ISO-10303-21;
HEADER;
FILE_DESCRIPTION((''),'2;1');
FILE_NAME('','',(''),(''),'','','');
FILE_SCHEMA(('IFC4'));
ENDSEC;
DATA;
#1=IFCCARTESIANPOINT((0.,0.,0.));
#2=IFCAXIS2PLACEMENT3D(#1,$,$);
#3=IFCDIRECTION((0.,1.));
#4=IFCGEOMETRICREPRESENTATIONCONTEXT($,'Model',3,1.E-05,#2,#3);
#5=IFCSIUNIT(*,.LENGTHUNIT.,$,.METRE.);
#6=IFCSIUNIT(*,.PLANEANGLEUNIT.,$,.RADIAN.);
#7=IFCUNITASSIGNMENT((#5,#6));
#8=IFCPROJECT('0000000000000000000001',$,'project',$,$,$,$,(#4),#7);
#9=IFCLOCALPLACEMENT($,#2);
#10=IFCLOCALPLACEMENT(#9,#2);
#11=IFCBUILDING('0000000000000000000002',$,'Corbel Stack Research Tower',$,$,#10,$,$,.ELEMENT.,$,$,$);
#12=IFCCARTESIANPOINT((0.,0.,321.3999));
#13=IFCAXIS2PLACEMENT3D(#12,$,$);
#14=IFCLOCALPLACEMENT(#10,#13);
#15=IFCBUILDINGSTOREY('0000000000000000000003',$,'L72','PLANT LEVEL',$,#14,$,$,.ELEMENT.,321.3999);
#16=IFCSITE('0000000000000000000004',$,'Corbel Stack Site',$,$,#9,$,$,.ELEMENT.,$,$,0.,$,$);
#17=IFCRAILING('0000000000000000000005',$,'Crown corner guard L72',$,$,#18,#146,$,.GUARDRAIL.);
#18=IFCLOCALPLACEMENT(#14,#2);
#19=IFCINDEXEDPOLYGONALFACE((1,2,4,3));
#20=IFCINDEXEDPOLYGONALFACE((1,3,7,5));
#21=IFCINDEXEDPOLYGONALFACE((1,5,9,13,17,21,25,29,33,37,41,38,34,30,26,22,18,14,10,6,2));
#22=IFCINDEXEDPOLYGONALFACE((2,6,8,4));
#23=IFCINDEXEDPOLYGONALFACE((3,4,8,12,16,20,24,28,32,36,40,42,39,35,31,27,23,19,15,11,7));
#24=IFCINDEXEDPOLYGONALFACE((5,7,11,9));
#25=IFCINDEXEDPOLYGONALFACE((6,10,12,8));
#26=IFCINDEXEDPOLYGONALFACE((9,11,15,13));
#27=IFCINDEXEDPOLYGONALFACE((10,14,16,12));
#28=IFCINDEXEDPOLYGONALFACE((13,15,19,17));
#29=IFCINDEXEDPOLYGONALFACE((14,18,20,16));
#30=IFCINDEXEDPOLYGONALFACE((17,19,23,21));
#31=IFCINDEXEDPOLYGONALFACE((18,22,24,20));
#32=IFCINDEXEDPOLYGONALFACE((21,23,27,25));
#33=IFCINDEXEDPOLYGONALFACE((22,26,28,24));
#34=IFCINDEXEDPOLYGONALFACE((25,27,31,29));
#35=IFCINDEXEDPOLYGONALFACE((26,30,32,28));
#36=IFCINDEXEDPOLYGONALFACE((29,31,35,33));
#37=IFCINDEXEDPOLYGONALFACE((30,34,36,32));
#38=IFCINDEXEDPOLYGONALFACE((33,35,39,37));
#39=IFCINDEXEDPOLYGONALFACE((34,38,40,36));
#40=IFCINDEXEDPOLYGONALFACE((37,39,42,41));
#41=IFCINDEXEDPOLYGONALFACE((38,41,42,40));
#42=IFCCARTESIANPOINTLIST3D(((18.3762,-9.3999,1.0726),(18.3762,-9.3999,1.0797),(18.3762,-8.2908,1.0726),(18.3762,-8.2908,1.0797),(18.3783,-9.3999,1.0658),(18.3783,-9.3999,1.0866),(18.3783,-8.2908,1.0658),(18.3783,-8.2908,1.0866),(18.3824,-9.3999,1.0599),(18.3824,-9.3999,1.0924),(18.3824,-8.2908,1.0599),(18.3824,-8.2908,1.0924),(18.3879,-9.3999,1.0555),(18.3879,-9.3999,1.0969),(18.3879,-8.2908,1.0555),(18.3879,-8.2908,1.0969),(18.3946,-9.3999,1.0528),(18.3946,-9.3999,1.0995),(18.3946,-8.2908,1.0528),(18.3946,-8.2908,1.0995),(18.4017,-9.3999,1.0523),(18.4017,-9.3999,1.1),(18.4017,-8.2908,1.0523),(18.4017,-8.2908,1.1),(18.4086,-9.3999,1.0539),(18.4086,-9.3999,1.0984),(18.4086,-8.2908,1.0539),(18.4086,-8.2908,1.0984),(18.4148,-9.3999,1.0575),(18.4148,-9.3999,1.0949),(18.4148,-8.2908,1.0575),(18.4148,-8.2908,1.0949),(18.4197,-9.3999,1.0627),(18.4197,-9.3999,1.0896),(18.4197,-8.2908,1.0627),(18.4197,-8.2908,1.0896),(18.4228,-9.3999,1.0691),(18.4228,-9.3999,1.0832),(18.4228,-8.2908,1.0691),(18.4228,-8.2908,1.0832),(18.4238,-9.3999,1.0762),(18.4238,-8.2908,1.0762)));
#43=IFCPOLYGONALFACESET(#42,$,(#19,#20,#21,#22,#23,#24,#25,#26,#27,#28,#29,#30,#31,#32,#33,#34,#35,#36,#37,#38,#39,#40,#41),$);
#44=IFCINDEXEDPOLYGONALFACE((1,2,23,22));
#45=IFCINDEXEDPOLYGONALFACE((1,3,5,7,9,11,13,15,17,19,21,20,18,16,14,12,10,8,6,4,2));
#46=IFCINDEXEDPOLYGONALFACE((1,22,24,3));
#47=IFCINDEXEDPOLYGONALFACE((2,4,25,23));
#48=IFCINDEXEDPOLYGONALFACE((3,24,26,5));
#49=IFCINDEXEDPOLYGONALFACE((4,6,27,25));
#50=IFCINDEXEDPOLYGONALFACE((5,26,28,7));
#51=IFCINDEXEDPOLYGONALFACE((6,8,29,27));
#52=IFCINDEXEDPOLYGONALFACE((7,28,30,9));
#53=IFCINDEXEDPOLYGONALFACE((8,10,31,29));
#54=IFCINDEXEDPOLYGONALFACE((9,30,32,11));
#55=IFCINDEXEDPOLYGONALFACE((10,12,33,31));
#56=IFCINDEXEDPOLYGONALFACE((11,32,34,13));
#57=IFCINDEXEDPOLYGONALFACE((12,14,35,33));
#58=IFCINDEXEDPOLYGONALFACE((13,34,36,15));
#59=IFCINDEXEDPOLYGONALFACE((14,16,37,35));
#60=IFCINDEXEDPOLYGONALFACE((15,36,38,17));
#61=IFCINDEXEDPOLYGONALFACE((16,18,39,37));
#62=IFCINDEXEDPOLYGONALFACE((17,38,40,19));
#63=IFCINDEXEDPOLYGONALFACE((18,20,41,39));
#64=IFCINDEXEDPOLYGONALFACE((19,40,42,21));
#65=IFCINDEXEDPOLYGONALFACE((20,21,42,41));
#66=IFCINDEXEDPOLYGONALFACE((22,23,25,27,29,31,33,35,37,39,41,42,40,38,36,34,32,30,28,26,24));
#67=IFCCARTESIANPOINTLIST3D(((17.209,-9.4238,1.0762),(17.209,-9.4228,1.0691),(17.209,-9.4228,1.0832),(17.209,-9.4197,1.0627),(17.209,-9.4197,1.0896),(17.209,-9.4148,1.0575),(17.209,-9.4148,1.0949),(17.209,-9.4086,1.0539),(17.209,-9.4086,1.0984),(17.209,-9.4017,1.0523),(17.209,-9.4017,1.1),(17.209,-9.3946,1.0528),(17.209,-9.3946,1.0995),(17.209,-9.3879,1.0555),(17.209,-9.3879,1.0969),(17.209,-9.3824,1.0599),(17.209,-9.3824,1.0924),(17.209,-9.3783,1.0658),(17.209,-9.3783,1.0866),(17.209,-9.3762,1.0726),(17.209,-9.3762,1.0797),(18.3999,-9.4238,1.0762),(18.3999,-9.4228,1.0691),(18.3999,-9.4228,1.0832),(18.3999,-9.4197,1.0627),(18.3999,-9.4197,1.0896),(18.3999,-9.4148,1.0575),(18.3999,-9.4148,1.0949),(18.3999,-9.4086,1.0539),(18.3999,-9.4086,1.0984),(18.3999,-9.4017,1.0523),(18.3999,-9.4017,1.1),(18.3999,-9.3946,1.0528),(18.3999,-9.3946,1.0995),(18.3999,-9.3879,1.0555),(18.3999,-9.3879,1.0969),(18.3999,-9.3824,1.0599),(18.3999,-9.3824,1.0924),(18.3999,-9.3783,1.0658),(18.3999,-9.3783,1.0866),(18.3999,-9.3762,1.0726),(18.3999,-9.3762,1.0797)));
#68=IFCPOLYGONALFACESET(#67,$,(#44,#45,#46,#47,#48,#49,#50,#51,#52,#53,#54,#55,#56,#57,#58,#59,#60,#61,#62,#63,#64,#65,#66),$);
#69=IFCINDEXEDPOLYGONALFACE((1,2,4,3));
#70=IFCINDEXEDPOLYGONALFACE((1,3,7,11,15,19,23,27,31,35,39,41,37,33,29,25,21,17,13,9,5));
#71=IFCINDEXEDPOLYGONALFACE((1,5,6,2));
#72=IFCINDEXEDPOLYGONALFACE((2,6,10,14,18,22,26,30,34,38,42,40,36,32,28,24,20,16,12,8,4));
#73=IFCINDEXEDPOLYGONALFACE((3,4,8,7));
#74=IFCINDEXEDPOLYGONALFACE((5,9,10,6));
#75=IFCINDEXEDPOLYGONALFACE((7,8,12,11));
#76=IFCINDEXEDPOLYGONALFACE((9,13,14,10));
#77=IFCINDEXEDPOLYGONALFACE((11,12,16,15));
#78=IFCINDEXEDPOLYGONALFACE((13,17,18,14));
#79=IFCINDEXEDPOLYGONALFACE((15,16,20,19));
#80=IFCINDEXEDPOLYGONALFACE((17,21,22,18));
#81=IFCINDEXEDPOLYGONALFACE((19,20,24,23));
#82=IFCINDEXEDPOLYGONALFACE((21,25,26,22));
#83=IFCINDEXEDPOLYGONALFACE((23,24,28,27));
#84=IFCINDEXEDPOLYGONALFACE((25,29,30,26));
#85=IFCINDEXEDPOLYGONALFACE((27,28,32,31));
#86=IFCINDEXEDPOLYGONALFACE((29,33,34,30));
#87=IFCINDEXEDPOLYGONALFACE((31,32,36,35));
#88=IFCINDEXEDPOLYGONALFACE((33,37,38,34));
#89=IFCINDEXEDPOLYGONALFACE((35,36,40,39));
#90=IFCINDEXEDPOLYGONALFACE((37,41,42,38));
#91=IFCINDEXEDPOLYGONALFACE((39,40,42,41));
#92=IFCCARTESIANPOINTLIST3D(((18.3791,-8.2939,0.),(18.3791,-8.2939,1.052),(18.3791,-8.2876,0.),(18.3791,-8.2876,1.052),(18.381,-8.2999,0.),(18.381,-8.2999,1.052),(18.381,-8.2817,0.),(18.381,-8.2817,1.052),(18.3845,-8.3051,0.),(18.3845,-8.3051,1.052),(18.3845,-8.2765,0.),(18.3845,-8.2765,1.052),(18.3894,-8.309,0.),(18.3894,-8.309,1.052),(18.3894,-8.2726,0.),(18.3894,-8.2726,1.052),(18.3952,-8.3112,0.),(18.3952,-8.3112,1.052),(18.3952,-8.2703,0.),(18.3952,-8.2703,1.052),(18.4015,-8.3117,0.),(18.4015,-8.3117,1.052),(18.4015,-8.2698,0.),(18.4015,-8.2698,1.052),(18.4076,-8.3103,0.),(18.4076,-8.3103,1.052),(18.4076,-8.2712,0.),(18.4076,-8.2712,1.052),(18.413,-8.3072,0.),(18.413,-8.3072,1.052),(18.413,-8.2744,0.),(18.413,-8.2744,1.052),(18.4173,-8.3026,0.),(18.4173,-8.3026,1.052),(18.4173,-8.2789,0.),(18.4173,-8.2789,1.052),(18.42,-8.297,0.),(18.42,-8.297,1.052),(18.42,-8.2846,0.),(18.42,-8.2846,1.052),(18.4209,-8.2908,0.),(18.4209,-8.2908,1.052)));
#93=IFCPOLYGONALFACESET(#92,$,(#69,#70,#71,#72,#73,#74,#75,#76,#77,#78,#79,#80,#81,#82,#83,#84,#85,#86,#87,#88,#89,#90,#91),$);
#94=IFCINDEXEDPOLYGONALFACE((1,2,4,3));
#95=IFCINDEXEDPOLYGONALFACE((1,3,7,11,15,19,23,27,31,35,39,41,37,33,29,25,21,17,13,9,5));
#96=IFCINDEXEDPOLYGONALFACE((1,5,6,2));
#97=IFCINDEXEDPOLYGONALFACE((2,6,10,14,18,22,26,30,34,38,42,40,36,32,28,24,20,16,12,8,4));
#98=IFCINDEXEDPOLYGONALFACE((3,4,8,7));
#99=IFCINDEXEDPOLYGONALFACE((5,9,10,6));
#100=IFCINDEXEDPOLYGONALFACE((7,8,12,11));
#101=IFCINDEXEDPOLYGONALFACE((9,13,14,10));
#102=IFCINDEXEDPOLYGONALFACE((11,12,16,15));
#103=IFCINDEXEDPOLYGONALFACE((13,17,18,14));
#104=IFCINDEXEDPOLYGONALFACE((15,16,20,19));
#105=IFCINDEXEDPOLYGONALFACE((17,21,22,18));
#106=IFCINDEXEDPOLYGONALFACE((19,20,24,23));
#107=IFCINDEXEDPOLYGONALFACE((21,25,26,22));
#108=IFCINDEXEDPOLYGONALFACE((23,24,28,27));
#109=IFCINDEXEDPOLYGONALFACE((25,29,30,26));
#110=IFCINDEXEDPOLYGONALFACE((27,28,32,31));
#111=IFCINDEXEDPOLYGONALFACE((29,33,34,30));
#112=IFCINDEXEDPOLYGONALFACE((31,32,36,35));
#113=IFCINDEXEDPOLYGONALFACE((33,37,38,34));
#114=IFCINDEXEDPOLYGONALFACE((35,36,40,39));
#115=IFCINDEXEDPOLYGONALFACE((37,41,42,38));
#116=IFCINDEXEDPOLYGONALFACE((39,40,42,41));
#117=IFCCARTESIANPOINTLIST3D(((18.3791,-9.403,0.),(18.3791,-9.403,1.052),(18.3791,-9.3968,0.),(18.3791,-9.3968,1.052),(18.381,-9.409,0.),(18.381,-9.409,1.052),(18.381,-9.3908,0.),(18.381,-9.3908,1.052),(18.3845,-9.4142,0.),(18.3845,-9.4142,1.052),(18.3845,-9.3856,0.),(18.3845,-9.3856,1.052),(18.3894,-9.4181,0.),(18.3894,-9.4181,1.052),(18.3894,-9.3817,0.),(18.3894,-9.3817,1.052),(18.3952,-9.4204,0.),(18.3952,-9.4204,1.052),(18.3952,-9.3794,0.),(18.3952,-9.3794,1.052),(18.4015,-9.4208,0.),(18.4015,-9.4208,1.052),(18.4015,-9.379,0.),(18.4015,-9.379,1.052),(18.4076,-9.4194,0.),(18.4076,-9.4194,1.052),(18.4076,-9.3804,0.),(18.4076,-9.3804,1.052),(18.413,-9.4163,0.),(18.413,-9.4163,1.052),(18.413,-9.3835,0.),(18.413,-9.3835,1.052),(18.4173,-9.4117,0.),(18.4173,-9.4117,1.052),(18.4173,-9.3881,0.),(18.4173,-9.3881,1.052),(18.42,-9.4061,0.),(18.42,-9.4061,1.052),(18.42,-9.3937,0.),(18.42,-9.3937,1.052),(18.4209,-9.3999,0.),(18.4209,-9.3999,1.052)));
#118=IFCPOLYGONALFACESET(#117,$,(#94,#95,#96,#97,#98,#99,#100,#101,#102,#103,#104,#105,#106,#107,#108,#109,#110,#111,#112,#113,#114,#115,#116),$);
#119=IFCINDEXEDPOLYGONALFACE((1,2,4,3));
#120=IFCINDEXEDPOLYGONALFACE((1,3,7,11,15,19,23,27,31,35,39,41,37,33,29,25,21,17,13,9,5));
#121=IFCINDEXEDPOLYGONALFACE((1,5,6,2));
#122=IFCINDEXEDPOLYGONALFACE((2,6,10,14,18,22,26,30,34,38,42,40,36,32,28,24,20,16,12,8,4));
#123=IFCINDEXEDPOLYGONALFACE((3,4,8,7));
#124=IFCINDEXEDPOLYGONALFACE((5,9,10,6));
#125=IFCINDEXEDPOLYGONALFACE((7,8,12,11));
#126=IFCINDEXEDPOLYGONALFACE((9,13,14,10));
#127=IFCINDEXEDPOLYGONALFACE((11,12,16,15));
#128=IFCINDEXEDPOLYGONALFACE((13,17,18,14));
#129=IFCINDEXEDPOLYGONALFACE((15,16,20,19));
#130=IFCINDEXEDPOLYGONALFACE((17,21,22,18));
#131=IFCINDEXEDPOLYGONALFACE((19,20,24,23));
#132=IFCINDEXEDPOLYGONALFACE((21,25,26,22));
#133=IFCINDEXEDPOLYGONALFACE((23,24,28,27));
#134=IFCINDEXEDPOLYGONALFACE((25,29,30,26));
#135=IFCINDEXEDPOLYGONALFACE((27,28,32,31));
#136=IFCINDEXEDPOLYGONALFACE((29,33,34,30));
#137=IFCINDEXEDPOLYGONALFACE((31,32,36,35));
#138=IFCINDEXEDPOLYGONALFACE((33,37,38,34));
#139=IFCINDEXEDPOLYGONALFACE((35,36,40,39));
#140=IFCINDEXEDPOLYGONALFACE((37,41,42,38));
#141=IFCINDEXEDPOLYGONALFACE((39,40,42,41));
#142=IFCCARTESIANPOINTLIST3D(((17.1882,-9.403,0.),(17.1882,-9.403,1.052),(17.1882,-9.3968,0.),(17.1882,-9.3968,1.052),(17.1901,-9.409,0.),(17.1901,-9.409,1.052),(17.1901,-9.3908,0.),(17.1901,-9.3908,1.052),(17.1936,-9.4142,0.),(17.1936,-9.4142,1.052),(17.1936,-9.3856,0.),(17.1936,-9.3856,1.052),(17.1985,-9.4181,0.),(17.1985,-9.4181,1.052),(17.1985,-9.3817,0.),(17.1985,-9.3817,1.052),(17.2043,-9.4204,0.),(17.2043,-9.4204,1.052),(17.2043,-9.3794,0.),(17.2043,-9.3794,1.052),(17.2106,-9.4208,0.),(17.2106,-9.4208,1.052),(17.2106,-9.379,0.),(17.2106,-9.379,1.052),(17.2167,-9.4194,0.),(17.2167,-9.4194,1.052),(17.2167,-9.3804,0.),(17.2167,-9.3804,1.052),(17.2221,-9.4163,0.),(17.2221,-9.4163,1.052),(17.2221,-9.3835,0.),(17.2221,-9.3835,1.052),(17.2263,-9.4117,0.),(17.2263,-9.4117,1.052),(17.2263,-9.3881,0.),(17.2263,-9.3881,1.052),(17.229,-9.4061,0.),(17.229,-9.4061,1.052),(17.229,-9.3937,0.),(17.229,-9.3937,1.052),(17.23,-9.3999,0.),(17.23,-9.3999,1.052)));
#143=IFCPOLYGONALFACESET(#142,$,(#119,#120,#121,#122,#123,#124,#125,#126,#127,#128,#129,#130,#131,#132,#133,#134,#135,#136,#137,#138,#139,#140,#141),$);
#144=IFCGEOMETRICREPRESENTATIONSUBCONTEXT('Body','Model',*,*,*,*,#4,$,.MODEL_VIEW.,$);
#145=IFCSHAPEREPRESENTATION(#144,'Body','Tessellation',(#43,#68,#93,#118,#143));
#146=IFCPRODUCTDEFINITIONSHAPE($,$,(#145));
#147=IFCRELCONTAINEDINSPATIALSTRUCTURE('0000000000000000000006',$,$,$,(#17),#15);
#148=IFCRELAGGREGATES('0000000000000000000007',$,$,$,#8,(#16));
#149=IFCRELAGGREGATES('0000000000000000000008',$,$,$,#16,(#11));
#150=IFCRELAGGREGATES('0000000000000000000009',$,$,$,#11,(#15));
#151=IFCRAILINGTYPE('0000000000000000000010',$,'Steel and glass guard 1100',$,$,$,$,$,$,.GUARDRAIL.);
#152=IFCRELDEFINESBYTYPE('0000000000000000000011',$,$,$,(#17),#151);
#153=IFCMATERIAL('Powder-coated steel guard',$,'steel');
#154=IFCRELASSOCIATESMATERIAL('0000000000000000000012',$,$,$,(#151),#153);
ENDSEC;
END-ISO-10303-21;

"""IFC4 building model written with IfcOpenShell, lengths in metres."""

from ifc_helpers import new_model, si_unit, direction, frame, origin, origin_2d, place, context, subcontext, project, spatial, circle, extrude, material, type_object, element, save


model = new_model("IFC4")

# Units and contexts
model_context = context("Model", 3, precision=1e-05, world=origin(), true_north=direction((0.0, 1.0)))
body_context = subcontext(model_context, "Body", "Model", "MODEL_VIEW")
ifc_project = project(units=[si_unit("LENGTHUNIT", "METRE"), si_unit("PLANEANGLEUNIT", "RADIAN")], contexts=[model_context])

# Site, building, storey
site_placement = place(None, origin())
site = spatial("IfcSite", under=ifc_project, at=site_placement, Name="Corbel Stack Site", CompositionType="ELEMENT", RefElevation=0.0)
building_placement = place(site_placement, origin())
building = spatial("IfcBuilding", under=site, at=building_placement, Name="Corbel Stack Research Tower", CompositionType="ELEMENT")
storey_placement = place(building_placement, frame((0.0, 0.0, 321.3999)))
storey = spatial("IfcBuildingStorey", under=building, at=storey_placement, Name="L72", Description="PLANT LEVEL", CompositionType="ELEMENT", Elevation=321.3999)

# Railing
ifc_material_1 = material(Name="Powder-coated steel guard", Category="steel")
railing_type_1 = type_object("IfcRailingType", Name="Steel and glass guard 1100", PredefinedType="GUARDRAIL", material=ifc_material_1)
railing_1_placement = place(storey_placement, frame((18.3999, -8.2908, 0.0)))
element("IfcRailing", 1, at=railing_1_placement, inside=storey, type_object=railing_type_1, Name="Crown corner guard L72", PredefinedType="GUARDRAIL", context=body_context, shape_type="SweptSolid", body=[
    extrude(circle(Radius=0.0239, at=origin_2d()), frame((0.0, 0.0, 1.0762), z_axis=(0.0, -1.0, 0.0), x_axis=(1.0, 0.0, 0.0)), (0.0, 0.0, 1.0), 1.1091),
    extrude(circle(Radius=0.0239, at=origin_2d()), frame((0.0, -1.1091, 1.0762), z_axis=(-1.0, 0.0, 0.0), x_axis=(0.0, -1.0, 0.0)), (0.0, 0.0, 1.0), 1.1909),
    extrude(circle(Radius=0.021, at=origin_2d()), origin(), (0.0, 0.0, 1.0), 1.052),
    extrude(circle(Radius=0.021, at=origin_2d()), frame((0.0, -1.1091, 0.0)), (0.0, 0.0, 1.0), 1.052),
    extrude(circle(Radius=0.021, at=origin_2d()), frame((-1.1909, -1.1091, 0.0)), (0.0, 0.0, 1.0), 1.052),
])

save(model, "model.ifc")
